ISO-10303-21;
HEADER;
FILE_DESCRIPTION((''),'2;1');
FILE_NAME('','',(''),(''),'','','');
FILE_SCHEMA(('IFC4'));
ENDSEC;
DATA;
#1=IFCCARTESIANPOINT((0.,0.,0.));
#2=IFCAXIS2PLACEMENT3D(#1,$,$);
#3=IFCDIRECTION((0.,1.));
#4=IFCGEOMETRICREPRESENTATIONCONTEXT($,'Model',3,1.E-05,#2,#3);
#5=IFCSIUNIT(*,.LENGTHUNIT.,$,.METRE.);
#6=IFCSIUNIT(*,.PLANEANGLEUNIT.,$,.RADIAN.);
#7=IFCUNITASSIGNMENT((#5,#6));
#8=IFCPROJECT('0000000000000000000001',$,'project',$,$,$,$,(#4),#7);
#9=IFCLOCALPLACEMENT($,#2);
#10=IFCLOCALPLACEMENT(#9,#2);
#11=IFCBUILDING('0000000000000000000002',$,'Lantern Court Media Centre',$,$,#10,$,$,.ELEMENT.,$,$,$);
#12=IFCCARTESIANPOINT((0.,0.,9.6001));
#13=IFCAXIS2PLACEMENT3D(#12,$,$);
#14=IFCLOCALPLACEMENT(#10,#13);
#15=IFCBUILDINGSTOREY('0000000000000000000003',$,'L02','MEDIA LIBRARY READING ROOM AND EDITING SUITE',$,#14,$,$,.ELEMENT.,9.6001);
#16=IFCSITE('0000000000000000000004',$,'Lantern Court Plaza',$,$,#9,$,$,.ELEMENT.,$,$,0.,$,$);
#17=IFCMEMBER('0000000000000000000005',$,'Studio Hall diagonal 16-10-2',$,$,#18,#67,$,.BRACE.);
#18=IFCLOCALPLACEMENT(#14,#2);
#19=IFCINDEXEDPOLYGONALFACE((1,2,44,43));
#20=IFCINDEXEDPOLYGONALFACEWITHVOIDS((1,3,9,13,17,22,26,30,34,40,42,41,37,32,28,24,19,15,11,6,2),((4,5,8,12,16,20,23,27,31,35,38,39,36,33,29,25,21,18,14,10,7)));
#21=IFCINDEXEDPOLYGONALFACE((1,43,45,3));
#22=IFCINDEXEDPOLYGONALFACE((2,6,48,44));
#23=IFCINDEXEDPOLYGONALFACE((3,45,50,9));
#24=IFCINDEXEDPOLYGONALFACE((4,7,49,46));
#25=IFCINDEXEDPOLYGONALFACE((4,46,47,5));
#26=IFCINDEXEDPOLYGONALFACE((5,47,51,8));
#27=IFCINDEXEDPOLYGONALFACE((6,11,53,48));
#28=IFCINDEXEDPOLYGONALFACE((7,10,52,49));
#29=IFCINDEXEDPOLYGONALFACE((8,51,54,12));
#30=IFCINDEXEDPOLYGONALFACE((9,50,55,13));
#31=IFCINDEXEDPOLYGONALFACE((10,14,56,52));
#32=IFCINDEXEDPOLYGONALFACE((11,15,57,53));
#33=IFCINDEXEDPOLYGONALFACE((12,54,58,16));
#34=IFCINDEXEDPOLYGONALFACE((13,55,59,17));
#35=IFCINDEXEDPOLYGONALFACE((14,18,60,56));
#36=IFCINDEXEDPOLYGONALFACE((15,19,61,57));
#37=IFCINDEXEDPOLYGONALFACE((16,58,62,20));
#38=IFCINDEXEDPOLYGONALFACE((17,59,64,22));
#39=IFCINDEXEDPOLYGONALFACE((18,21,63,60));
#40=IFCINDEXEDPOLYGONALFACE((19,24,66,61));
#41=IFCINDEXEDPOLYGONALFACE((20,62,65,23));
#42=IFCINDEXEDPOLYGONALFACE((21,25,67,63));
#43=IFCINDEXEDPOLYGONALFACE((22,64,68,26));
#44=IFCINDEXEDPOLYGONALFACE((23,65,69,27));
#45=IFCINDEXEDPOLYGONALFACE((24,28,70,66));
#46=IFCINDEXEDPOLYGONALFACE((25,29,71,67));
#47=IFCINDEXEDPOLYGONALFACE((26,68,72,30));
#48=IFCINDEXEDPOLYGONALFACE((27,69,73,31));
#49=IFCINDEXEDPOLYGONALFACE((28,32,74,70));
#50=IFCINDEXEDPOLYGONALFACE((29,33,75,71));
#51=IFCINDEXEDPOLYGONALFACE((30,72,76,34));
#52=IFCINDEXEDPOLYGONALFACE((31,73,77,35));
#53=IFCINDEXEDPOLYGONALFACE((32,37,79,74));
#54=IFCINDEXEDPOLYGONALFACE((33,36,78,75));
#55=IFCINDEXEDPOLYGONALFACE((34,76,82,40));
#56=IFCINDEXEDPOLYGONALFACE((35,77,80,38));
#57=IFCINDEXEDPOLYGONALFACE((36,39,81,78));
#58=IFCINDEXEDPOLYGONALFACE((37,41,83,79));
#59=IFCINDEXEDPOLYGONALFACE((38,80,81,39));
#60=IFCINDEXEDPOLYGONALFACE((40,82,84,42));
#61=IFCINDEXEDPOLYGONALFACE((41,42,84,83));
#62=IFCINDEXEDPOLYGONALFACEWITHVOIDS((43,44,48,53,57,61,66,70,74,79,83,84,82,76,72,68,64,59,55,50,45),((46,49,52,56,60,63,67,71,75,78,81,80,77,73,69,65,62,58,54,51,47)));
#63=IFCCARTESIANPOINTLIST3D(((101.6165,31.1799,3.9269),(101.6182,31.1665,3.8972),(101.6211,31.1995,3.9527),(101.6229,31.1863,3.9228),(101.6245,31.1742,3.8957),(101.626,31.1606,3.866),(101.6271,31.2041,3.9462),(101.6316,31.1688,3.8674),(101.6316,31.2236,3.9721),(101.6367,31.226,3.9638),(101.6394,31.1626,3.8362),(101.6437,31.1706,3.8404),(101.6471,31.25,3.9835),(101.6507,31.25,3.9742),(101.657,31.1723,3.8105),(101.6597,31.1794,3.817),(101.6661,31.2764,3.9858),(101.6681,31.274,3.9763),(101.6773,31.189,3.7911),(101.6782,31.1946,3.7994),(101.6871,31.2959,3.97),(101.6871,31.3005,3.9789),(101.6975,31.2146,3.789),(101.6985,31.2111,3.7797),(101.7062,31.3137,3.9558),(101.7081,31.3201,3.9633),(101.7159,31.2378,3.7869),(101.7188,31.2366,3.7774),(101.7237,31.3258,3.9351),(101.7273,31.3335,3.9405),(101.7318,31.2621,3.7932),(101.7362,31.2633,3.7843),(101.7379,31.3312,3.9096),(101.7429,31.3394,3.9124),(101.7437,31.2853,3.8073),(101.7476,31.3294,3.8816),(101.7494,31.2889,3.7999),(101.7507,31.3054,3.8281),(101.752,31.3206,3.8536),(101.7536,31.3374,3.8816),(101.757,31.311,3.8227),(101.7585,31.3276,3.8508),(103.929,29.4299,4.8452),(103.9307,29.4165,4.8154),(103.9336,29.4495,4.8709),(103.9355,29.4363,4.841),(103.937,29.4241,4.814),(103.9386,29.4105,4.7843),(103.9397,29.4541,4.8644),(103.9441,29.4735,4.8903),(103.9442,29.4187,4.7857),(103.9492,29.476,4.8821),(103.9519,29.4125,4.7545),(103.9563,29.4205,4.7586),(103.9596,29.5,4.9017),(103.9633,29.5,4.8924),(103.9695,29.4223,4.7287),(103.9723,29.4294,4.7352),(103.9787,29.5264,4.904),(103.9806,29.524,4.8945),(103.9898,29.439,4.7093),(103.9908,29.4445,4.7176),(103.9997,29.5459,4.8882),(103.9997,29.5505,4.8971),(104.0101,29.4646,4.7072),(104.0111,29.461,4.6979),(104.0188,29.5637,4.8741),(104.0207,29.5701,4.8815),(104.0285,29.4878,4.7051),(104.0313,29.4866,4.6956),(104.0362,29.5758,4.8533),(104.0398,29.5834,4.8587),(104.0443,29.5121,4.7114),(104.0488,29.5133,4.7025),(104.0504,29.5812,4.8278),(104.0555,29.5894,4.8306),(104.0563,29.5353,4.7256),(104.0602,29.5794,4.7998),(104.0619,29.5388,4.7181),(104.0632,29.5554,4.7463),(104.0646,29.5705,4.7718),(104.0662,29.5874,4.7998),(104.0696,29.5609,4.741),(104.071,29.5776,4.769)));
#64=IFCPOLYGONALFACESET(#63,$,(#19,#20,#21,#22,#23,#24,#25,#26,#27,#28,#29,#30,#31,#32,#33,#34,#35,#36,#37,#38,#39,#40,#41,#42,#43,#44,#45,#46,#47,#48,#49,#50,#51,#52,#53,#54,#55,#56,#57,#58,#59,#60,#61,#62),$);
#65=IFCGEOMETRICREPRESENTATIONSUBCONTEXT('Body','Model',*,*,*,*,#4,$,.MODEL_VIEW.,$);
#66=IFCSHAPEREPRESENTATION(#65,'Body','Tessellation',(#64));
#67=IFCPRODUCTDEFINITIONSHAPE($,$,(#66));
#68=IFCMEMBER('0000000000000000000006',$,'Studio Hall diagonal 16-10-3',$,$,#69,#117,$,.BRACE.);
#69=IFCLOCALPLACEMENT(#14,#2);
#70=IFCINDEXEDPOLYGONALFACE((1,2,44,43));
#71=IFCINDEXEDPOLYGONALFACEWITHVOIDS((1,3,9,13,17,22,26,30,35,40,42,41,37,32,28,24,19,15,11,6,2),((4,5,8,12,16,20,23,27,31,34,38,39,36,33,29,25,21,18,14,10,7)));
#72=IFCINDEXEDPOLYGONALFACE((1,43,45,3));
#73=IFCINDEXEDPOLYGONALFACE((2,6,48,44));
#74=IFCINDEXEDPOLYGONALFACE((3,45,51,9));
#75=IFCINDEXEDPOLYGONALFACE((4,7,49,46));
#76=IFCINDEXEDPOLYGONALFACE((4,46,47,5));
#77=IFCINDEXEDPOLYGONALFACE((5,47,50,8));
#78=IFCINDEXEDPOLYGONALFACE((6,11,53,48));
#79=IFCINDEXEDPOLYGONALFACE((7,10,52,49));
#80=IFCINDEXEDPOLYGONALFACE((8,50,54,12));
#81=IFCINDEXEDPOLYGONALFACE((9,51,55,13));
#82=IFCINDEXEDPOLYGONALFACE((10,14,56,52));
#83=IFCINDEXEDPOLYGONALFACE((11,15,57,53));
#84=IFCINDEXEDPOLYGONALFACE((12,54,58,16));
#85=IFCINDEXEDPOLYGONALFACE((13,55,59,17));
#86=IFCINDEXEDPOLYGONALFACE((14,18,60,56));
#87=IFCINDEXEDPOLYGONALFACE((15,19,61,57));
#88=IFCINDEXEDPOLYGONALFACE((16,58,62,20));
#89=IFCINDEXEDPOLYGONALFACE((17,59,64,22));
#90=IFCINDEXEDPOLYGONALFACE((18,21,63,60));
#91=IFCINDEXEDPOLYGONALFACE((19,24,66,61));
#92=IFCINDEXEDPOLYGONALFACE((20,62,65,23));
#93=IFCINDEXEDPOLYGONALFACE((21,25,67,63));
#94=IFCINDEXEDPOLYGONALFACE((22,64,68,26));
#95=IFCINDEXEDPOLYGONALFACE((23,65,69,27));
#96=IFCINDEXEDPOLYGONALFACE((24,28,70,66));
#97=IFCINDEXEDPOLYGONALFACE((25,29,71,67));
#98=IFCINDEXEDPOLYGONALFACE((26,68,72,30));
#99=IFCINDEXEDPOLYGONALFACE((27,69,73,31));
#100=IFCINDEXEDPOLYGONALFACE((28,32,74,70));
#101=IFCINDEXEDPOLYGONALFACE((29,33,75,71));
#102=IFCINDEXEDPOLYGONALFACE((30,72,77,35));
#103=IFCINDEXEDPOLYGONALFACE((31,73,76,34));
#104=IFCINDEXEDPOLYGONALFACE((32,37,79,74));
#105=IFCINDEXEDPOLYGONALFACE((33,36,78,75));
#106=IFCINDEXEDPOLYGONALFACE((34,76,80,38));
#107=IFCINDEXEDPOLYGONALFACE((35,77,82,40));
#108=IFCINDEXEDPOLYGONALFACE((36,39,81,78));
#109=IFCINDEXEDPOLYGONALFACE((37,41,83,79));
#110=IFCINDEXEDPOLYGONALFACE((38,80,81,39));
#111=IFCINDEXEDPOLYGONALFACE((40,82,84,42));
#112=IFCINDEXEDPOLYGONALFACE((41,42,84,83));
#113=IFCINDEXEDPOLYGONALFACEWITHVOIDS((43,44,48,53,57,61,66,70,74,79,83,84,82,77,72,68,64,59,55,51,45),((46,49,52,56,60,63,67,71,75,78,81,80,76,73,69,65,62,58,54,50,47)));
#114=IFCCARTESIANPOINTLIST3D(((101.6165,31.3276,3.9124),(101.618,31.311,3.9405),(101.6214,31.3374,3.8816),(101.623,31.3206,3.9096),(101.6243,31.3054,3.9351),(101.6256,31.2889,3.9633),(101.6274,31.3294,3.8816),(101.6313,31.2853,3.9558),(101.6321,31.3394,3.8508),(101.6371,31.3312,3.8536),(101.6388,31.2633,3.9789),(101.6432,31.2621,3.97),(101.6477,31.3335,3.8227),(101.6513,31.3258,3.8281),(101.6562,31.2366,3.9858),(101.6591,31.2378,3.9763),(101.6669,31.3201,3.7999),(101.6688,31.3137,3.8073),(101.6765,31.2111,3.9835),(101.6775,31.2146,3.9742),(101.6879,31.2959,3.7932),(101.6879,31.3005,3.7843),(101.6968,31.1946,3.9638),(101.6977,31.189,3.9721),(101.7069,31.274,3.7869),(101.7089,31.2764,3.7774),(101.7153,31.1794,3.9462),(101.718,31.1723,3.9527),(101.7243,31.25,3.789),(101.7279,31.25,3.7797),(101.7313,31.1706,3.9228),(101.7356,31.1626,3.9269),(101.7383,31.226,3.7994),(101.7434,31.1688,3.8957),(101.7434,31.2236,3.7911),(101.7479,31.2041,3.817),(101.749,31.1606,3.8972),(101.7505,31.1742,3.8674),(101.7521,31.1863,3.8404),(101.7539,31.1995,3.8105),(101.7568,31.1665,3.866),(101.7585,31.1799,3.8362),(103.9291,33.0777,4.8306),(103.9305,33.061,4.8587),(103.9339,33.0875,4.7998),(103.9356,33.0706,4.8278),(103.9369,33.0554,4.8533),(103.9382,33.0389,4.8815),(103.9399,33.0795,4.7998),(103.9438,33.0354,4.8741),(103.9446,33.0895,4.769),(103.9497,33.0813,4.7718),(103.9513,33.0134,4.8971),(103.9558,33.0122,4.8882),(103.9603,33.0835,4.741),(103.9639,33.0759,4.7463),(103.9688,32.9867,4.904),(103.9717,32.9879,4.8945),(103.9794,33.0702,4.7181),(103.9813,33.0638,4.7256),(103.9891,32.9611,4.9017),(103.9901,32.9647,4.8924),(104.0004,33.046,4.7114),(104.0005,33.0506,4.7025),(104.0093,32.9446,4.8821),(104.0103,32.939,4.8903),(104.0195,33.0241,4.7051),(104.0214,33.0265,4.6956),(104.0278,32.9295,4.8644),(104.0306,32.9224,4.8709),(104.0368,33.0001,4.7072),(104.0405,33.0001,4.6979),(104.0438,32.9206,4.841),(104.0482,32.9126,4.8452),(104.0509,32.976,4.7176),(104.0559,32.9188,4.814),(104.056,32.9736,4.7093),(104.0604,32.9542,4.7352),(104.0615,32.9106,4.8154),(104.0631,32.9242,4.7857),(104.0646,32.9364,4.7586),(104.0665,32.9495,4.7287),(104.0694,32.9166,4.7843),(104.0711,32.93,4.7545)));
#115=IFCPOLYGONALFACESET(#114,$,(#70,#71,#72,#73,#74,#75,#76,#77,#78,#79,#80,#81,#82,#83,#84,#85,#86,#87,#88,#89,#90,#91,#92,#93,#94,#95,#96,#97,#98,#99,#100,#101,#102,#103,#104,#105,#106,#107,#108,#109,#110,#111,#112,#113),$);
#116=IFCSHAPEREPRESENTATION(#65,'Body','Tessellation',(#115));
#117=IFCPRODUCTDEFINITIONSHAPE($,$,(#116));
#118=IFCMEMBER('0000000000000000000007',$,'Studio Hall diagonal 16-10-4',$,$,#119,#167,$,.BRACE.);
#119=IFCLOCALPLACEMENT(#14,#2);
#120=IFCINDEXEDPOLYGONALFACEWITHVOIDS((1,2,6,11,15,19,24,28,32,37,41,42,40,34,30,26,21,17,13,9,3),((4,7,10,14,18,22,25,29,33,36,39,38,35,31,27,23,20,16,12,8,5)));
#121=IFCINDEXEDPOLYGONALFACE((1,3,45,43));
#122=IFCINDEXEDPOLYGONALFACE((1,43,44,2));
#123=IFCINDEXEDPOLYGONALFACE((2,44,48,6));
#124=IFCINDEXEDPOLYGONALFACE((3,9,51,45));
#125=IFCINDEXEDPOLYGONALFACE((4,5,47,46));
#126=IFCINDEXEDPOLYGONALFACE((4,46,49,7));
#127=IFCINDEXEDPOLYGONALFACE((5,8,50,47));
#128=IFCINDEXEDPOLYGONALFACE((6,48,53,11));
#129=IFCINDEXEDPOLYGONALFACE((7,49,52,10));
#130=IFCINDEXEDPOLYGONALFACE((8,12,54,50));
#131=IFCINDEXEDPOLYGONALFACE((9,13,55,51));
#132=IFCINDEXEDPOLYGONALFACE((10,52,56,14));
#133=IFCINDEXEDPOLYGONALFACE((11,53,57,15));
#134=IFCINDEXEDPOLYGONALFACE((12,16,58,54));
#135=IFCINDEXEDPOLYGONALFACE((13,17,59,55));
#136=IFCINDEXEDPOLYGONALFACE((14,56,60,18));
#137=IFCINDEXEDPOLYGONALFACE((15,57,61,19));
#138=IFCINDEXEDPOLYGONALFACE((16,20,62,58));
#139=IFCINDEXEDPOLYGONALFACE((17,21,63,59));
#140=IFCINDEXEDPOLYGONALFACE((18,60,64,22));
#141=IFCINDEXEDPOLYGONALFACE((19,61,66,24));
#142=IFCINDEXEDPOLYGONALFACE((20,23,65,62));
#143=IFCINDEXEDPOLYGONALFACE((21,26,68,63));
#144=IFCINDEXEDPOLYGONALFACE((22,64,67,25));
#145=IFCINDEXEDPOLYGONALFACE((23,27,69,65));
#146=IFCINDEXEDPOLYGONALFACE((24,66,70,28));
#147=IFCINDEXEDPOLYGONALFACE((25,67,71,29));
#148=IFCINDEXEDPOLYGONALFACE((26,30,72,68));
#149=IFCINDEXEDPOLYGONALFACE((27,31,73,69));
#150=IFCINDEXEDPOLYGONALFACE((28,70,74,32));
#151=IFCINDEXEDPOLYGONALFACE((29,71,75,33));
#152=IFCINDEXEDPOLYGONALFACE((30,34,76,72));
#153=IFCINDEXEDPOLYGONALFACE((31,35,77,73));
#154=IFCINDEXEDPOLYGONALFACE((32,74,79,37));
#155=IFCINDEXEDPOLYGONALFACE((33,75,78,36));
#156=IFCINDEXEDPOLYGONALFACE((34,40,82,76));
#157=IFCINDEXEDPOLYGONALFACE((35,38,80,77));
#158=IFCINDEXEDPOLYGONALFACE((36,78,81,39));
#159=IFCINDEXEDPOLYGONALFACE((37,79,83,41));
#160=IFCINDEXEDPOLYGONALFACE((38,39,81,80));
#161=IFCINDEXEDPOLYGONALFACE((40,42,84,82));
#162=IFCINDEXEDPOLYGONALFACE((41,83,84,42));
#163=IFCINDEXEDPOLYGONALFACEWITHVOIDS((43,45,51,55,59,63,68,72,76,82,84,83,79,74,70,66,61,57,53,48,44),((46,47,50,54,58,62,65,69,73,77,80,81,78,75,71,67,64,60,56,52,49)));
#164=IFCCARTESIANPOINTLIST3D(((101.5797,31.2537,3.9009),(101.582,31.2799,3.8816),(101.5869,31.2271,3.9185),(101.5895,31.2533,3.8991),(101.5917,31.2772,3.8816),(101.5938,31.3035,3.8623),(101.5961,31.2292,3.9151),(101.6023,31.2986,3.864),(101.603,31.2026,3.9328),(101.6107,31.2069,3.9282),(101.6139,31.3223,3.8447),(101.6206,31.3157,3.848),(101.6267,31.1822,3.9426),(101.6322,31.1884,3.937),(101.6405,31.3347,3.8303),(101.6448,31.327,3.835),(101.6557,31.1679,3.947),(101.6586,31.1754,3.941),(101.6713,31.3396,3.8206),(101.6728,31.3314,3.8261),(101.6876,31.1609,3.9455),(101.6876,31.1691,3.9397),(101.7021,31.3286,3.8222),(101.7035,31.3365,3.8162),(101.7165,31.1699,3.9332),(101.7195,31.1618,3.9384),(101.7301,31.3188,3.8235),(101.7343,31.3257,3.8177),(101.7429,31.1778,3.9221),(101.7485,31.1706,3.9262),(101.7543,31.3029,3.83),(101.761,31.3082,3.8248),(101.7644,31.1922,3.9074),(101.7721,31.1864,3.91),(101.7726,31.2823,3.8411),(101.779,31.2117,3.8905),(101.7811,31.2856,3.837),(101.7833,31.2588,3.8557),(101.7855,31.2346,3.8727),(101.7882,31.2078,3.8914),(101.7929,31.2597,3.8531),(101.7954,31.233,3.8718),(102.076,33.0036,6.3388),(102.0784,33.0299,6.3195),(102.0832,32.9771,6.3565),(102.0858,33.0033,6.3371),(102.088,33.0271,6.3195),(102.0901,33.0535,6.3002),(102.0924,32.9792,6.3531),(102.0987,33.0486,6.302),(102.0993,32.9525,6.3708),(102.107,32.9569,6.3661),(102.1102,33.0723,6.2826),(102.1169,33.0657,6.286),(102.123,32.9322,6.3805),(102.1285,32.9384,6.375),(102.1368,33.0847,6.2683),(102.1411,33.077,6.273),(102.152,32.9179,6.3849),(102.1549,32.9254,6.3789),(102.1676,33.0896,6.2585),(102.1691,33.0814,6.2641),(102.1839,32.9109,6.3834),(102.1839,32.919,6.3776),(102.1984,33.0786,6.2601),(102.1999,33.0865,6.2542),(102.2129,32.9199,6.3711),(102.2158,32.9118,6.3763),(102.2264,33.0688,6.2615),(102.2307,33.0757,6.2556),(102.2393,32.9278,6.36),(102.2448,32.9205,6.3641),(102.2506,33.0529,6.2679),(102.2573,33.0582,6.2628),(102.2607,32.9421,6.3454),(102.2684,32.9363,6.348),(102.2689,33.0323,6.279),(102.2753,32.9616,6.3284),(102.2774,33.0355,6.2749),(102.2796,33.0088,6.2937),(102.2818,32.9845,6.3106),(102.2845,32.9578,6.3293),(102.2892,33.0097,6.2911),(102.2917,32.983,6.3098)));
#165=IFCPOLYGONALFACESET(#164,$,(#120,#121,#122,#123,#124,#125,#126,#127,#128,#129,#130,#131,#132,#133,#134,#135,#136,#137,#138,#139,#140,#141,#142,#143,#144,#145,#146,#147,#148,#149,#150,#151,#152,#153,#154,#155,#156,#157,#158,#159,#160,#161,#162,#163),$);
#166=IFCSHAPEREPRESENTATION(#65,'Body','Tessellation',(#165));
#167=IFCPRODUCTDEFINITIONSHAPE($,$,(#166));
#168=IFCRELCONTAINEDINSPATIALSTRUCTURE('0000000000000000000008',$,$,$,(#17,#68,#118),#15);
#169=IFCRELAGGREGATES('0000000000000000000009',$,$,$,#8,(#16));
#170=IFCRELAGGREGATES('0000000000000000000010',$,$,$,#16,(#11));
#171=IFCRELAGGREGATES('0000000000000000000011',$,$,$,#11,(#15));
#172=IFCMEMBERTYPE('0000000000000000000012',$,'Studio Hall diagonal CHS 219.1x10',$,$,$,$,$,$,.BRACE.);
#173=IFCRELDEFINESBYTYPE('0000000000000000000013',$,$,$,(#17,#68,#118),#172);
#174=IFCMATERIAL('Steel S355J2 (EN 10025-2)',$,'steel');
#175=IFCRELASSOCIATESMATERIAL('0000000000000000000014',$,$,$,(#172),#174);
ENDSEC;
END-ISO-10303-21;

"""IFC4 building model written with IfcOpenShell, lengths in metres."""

from ifc_helpers import new_model, si_unit, direction, frame, origin, origin_2d, place, context, subcontext, project, spatial, hollow_circle, extrude, material, material_profile, profile_set, type_object, element, save


model = new_model("IFC4")

# Units and contexts
model_context = context("Model", 3, precision=1e-05, world=origin(), true_north=direction((0.0, 1.0)))
body_context = subcontext(model_context, "Body", "Model", "MODEL_VIEW")
ifc_project = project(units=[si_unit("LENGTHUNIT", "METRE"), si_unit("PLANEANGLEUNIT", "RADIAN")], contexts=[model_context])

# Site, building, storey
site_placement = place(None, origin())
site = spatial("IfcSite", under=ifc_project, at=site_placement, Name="Lantern Court Plaza", CompositionType="ELEMENT", RefElevation=0.0)
building_placement = place(site_placement, origin())
building = spatial("IfcBuilding", under=site, at=building_placement, Name="Lantern Court Media Centre", CompositionType="ELEMENT")
storey_placement = place(building_placement, frame((0.0, 0.0, 9.6001)))
storey = spatial("IfcBuildingStorey", under=building, at=storey_placement, Name="L02", Description="MEDIA LIBRARY READING ROOM AND EDITING SUITE", CompositionType="ELEMENT", Elevation=9.6001)

# Shared definitions
ifc_material_1 = material(Name="Steel S355J2 (EN 10025-2)", Category="steel")

# Members
ifc_material_profile_1 = material_profile(ifc_material_1, hollow_circle(Radius=0.1096, WallThickness=0.01, at=origin_2d()), Name="Studio Hall diagonal CHS 219.1x10")
ifc_profile_set_1 = profile_set([ifc_material_profile_1], Name="Steel S355J2 (EN 10025-2)")
member_type_1 = type_object("IfcMemberType", Name="Studio Hall diagonal CHS 219.1x10", PredefinedType="BRACE", material=ifc_profile_set_1)
for number, where, z_axis, x_axis, name in (
    (1, (101.6875, 31.25, 3.8816), (0.760211, -0.575295, 0.301853), (0.603443, 0.797406, 0.0), "Studio Hall diagonal 16-10-2"),
    (2, (101.6875, 31.25, 3.8816), (0.760211, 0.575295, 0.301853), (-0.603443, 0.797406, 0.0), "Studio Hall diagonal 16-10-3"),
):
    element("IfcMember", number, at=place(storey_placement, frame(where, z_axis=z_axis, x_axis=x_axis)), inside=storey, type_object=member_type_1, Name=name, PredefinedType="BRACE", context=body_context, shape_type="SweptSolid", body=[
        extrude(hollow_circle(Radius=0.1096, WallThickness=0.01, at=origin_2d()), origin(), (0.0, 0.0, 1.0), 3.042),
    ])
member_1_placement = place(storey_placement, frame((101.6875, 31.25, 3.8816), z_axis=(0.163172, 0.575314, 0.801491), x_axis=(-0.962054, 0.272859, 0.0)))
element("IfcMember", 3, at=member_1_placement, inside=storey, type_object=member_type_1, Name="Studio Hall diagonal 16-10-4", PredefinedType="BRACE", context=body_context, shape_type="SweptSolid", body=[
    extrude(hollow_circle(Radius=0.1096, WallThickness=0.01, at=origin_2d()), origin(), (0.0, 0.0, 1.0), 3.0417),
])

save(model, "model.ifc")
